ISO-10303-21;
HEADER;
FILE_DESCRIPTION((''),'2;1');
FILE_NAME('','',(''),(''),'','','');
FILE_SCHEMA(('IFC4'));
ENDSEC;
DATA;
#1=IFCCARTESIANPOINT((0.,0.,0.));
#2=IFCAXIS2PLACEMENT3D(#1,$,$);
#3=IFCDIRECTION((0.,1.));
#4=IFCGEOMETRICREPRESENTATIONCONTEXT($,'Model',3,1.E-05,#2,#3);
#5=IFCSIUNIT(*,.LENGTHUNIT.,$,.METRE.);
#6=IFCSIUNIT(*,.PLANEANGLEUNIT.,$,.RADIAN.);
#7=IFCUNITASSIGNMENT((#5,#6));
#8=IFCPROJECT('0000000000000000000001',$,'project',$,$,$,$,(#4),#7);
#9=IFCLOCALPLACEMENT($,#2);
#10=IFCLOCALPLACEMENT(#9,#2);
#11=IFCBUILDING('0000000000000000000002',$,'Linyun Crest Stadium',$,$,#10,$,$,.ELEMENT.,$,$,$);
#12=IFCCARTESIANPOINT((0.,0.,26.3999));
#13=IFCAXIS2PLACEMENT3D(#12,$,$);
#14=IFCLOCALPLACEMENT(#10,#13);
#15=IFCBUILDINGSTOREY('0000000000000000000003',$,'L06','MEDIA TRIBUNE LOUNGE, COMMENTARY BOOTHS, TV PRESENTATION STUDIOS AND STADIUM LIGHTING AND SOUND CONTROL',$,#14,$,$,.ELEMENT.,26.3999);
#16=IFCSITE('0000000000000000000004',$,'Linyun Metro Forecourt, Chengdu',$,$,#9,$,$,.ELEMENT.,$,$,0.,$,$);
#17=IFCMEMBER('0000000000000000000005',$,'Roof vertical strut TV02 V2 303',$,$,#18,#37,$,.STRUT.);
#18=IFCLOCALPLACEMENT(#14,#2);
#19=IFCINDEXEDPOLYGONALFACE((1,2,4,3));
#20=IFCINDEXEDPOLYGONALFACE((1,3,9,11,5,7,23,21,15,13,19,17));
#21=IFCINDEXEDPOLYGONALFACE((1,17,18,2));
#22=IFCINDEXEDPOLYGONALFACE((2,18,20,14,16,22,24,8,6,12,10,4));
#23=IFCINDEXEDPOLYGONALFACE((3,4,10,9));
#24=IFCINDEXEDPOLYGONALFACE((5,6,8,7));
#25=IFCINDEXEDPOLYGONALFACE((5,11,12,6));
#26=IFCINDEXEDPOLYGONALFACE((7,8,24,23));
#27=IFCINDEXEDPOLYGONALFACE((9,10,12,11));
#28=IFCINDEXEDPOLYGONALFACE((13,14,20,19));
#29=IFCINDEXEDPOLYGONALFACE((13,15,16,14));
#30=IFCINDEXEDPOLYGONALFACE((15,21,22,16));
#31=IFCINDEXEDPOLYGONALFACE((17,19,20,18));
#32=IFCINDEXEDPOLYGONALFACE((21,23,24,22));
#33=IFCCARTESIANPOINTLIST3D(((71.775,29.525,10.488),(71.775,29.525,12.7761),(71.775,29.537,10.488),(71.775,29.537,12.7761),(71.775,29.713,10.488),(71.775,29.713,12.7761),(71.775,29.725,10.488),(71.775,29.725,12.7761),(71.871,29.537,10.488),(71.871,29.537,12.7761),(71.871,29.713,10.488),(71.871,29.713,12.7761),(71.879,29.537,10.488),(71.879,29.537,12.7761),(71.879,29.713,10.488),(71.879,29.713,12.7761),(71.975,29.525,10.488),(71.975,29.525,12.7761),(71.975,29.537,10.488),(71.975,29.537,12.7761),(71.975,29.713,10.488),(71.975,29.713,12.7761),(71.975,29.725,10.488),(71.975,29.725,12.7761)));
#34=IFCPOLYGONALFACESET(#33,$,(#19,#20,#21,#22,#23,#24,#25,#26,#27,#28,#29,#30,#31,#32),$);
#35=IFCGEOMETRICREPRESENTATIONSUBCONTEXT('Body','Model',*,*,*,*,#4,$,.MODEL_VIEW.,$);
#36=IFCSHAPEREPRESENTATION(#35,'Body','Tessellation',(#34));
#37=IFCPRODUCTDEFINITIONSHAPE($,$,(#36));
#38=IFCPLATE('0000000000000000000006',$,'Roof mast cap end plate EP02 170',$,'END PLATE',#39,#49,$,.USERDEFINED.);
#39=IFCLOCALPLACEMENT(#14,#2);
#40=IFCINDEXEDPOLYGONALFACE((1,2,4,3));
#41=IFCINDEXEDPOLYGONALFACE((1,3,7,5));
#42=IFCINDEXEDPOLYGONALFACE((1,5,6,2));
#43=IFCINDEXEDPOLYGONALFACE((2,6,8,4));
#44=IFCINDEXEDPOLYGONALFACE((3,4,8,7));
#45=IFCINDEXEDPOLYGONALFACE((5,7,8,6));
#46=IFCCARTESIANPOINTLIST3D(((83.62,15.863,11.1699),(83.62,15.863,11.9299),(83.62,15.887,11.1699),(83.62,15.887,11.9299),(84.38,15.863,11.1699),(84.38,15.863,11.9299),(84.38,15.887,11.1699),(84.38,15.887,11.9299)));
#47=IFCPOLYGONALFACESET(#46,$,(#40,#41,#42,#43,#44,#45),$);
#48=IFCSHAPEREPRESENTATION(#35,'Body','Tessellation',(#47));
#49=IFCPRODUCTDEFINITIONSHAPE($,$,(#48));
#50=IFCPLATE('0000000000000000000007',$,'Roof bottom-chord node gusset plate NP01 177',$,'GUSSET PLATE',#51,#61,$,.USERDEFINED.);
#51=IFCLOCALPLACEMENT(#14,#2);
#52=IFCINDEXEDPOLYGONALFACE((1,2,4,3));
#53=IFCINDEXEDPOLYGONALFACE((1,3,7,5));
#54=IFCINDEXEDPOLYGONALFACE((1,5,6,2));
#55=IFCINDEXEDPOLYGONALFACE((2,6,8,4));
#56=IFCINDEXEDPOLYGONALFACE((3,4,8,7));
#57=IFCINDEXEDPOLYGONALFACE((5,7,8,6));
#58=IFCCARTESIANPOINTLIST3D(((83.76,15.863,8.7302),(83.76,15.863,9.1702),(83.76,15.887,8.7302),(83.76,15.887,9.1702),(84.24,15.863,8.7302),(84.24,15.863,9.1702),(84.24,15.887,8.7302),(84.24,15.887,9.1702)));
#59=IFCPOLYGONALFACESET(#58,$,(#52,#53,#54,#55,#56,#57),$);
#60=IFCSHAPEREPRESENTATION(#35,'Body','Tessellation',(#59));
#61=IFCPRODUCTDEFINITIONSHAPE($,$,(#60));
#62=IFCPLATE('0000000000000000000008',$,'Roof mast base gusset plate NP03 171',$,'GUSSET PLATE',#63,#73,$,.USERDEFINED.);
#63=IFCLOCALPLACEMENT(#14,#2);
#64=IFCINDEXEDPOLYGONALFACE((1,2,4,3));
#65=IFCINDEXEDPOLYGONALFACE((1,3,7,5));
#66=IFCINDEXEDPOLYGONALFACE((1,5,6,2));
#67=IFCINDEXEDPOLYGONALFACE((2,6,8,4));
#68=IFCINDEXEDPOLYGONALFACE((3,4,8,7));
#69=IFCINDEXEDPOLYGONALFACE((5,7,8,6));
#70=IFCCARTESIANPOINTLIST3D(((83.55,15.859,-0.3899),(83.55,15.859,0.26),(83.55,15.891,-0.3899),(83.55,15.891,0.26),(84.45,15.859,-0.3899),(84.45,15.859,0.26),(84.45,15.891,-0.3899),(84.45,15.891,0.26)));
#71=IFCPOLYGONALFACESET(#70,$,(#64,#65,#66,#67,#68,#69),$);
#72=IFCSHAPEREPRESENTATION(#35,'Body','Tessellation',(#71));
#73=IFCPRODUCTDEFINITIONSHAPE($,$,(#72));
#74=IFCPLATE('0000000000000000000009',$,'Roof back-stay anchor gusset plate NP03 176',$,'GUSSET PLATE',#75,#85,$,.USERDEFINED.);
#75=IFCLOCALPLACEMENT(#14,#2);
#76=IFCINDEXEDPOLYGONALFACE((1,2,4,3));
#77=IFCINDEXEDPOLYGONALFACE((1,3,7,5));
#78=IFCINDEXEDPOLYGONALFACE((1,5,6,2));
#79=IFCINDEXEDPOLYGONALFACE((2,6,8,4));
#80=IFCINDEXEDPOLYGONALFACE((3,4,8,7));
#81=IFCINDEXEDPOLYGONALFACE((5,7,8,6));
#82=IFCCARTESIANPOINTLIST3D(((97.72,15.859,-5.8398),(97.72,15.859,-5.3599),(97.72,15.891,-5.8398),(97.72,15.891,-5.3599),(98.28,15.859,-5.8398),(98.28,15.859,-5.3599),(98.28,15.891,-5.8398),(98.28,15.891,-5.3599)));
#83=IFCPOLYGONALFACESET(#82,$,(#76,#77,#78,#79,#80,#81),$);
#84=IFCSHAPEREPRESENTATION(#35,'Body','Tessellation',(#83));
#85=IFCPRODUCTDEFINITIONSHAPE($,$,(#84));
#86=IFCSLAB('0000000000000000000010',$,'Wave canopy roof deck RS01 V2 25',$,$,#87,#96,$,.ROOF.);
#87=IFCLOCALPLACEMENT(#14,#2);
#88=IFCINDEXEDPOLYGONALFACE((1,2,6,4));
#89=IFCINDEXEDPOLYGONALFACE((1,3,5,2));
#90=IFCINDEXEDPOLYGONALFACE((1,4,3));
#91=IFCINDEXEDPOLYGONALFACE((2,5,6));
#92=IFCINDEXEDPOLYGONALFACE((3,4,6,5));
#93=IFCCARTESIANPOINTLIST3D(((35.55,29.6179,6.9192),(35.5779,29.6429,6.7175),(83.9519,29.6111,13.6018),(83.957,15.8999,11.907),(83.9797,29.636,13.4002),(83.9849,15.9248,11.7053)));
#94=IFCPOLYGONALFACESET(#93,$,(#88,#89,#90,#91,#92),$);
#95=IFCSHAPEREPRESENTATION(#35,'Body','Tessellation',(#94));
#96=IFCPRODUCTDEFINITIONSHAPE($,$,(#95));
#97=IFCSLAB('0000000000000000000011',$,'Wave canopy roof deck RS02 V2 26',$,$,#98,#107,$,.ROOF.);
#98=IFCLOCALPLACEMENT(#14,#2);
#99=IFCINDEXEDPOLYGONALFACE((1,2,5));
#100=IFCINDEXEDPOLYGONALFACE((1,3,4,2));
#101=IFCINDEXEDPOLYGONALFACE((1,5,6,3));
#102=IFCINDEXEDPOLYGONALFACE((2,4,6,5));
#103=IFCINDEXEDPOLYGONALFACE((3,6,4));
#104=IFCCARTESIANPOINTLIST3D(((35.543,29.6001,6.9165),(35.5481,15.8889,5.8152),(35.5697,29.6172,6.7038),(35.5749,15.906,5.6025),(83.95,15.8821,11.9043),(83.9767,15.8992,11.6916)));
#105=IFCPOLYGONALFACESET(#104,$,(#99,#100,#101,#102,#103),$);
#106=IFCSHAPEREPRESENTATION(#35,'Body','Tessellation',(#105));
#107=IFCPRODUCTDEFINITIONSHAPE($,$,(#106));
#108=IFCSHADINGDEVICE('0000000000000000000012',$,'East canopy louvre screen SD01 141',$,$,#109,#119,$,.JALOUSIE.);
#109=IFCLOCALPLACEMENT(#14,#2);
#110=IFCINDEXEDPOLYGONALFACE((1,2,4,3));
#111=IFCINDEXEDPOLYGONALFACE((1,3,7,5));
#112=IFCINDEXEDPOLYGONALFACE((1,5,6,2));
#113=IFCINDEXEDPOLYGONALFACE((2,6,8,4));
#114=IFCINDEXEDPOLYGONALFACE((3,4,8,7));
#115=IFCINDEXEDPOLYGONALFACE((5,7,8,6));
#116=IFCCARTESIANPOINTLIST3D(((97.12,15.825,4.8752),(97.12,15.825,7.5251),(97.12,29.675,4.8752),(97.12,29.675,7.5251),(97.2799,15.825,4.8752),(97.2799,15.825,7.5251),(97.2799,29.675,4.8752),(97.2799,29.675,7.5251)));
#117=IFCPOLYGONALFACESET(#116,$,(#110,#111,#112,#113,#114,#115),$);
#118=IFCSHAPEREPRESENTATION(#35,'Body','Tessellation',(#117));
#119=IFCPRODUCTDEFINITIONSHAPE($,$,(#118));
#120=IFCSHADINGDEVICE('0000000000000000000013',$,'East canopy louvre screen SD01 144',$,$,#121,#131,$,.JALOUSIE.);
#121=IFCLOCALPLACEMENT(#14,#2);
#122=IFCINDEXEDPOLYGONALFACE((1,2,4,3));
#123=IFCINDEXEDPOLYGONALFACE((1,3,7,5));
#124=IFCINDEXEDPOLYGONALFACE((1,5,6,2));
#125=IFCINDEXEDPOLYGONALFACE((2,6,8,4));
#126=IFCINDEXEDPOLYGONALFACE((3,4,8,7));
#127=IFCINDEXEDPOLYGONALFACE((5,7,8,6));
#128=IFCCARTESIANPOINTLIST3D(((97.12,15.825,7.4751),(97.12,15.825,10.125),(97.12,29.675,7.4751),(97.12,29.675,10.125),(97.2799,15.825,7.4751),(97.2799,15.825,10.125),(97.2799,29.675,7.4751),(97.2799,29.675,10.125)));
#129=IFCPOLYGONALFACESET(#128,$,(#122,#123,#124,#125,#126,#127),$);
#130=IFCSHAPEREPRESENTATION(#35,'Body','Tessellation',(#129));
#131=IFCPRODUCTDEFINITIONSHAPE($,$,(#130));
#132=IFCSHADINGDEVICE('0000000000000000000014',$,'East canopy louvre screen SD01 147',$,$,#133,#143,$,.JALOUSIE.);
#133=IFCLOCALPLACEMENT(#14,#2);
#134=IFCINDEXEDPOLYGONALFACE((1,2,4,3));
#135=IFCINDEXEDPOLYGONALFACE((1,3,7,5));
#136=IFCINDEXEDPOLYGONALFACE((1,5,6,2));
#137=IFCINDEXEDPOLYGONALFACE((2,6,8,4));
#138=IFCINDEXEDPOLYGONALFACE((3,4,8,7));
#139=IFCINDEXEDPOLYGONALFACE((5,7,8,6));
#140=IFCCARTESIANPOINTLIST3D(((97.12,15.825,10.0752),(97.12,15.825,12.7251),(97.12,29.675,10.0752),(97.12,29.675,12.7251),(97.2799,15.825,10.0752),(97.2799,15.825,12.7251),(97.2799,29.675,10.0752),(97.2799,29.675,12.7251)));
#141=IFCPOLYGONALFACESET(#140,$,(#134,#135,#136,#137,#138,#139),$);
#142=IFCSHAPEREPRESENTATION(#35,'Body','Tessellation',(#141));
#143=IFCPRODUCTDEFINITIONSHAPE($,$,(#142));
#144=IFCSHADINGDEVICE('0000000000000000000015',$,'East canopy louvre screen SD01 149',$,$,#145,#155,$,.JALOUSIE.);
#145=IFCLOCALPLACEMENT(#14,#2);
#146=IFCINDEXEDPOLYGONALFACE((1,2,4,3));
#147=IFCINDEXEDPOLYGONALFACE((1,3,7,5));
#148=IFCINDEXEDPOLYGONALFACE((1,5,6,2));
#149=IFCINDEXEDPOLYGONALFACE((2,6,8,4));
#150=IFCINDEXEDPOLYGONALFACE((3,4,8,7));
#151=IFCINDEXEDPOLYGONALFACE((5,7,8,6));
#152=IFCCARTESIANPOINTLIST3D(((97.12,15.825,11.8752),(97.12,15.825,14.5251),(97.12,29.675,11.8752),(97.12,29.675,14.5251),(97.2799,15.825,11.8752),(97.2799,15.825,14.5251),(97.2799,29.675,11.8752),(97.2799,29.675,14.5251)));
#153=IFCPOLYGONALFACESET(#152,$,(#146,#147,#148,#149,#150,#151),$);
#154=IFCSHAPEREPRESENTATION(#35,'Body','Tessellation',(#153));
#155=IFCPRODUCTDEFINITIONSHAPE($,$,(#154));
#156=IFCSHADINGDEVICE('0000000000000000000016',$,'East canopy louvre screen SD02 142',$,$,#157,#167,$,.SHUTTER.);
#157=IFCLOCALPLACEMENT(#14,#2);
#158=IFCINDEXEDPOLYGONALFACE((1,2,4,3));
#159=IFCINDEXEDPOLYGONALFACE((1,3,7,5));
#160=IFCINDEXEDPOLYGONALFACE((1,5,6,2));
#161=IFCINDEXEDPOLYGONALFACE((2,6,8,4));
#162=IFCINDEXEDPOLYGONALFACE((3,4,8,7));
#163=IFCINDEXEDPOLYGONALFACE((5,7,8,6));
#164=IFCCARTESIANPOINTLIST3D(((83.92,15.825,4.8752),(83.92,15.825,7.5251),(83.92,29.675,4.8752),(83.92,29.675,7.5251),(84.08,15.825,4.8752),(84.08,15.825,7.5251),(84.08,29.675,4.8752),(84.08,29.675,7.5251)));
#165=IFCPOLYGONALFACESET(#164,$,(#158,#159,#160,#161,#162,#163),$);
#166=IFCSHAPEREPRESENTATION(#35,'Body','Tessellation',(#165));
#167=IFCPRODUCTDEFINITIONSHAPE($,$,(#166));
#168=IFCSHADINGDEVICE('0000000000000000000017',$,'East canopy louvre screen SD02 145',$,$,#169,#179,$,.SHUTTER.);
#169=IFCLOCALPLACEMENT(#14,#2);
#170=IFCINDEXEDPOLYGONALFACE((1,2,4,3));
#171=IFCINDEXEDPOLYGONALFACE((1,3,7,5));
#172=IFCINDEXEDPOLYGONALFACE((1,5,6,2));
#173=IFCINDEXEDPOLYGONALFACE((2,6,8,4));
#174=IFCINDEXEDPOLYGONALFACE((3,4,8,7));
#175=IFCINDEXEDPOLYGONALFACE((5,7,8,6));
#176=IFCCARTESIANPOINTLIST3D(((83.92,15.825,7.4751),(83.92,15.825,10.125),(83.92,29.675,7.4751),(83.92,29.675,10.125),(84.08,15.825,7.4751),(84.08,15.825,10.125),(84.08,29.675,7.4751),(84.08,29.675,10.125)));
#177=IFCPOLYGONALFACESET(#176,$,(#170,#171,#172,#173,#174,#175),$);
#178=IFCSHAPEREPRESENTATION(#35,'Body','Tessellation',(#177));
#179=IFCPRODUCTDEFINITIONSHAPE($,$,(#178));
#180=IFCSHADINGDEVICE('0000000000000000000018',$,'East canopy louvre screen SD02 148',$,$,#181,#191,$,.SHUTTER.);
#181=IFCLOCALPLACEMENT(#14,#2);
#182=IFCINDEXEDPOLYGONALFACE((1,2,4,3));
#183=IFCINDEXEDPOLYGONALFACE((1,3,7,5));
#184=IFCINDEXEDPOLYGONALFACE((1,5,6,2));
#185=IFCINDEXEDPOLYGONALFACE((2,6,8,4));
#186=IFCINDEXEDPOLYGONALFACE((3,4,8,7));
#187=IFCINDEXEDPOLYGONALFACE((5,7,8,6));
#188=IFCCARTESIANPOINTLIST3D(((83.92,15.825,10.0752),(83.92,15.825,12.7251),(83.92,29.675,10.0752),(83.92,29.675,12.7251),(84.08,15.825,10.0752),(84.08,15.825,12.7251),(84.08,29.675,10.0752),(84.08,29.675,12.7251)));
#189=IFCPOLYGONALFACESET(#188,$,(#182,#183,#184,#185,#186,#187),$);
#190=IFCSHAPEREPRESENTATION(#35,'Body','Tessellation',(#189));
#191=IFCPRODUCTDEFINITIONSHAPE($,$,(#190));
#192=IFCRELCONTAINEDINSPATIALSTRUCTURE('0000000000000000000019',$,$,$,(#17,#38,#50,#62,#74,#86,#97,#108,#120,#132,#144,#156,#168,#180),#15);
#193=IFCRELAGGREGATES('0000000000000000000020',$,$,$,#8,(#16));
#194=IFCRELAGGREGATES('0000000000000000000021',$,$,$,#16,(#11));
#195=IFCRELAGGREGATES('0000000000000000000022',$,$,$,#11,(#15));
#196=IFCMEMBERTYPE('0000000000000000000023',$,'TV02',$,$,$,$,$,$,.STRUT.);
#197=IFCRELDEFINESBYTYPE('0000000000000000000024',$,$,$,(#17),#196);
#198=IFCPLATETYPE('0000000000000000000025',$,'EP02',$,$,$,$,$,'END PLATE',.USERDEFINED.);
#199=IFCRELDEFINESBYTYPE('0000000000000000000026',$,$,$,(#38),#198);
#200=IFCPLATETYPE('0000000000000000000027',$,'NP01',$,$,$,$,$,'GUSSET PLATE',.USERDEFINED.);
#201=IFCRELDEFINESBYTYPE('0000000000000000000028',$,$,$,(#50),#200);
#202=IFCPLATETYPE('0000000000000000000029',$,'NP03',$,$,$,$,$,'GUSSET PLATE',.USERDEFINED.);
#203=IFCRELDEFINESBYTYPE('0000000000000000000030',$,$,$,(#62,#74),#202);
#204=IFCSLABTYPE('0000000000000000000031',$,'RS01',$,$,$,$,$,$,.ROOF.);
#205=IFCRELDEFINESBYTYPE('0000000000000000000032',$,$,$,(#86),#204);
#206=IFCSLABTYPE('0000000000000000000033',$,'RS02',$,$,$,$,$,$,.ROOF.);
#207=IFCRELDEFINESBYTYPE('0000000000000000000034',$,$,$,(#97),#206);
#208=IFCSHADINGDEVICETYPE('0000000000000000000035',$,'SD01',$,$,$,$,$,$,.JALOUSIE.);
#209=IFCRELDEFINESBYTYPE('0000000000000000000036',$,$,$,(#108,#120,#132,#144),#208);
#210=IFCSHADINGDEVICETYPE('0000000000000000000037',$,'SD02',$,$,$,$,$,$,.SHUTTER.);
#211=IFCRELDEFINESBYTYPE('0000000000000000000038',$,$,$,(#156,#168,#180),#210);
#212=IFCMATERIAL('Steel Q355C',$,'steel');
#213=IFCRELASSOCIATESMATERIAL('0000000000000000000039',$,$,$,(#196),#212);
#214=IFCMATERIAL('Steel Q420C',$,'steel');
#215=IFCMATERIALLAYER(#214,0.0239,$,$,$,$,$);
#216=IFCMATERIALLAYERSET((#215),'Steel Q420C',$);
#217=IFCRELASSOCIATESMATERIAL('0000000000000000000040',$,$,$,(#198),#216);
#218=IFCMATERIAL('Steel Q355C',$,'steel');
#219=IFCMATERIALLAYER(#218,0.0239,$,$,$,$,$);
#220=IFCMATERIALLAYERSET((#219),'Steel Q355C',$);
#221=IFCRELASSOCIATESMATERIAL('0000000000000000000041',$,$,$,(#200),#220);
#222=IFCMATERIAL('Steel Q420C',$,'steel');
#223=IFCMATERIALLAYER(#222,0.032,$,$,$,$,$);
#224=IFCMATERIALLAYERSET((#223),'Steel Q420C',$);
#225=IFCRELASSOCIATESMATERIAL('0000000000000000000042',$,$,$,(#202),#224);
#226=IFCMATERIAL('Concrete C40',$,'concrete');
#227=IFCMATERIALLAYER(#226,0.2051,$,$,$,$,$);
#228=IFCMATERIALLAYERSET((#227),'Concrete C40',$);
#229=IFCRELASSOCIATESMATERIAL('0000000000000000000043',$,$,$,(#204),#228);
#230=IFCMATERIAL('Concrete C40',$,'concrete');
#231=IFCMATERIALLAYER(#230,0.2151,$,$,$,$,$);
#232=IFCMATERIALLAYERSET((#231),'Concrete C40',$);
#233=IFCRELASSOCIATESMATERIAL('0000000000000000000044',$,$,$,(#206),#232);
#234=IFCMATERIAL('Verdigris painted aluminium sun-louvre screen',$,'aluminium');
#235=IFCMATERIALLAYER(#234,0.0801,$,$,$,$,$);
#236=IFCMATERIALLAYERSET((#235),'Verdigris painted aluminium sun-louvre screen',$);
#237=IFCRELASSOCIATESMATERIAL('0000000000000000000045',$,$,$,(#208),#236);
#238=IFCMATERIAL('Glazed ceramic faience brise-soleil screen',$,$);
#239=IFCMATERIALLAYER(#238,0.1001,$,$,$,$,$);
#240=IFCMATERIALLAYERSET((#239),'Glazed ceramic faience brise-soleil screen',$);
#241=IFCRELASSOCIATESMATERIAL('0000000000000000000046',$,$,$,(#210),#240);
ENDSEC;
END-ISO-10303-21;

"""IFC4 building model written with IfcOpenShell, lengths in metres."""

from ifc_helpers import new_model, si_unit, direction, frame, origin, origin_2d, place, context, subcontext, project, spatial, polyline, rectangle, i_section, outline, extrude, material, layer, layer_set, material_profile, profile_set, type_object, element, save


model = new_model("IFC4")

# Units and contexts
model_context = context("Model", 3, precision=1e-05, world=origin(), true_north=direction((0.0, 1.0)))
body_context = subcontext(model_context, "Body", "Model", "MODEL_VIEW")
ifc_project = project(units=[si_unit("LENGTHUNIT", "METRE"), si_unit("PLANEANGLEUNIT", "RADIAN")], contexts=[model_context])

# Site, building, storey
site_placement = place(None, origin())
site = spatial("IfcSite", under=ifc_project, at=site_placement, Name="Linyun Metro Forecourt, Chengdu", CompositionType="ELEMENT", RefElevation=0.0)
building_placement = place(site_placement, origin())
building = spatial("IfcBuilding", under=site, at=building_placement, Name="Linyun Crest Stadium", CompositionType="ELEMENT")
storey_placement = place(building_placement, frame((0.0, 0.0, 26.3999)))
storey = spatial("IfcBuildingStorey", under=building, at=storey_placement, Name="L06", Description="MEDIA TRIBUNE LOUNGE, COMMENTARY BOOTHS, TV PRESENTATION STUDIOS AND STADIUM LIGHTING AND SOUND CONTROL", CompositionType="ELEMENT", Elevation=26.3999)

# Member
ifc_material_1 = material(Name="Steel Q355C", Category="steel")
ifc_material_profile_1 = material_profile(ifc_material_1, i_section(OverallWidth=0.2, OverallDepth=0.2, WebThickness=0.0081, FlangeThickness=0.012, at=origin_2d()), Name="HW 200x200")
ifc_profile_set_1 = profile_set([ifc_material_profile_1], Name="Steel Q355C")
member_type_1 = type_object("IfcMemberType", Name="TV02", PredefinedType="STRUT", material=ifc_profile_set_1)
member_1_placement = place(storey_placement, frame((71.875, 29.625, 10.488), z_axis=(0.0, 0.0, 1.0), x_axis=(1.0, 0.0, 0.0)))
element("IfcMember", 1, at=member_1_placement, inside=storey, type_object=member_type_1, Name="Roof vertical strut TV02 V2 303", PredefinedType="STRUT", context=body_context, shape_type="SweptSolid", body=[
    extrude(i_section(OverallWidth=0.2, OverallDepth=0.2, WebThickness=0.0081, FlangeThickness=0.012, at=origin_2d()), origin(), (0.0, 0.0, 1.0), 2.2881),
])

# Plates
ifc_material_2 = material(Name="Steel Q420C", Category="steel")
ifc_layer_1 = layer(ifc_material_2, 0.0239)
ifc_layer_set_1 = layer_set([ifc_layer_1], Name="Steel Q420C")
plate_type_1 = type_object("IfcPlateType", Name="EP02", ElementType="END PLATE", PredefinedType="USERDEFINED", material=ifc_layer_set_1)
plate_1_placement = place(storey_placement, frame((84.0, 15.875, 11.1699), z_axis=(0.0, 0.0, 1.0), x_axis=(1.0, 0.0, 0.0)))
element("IfcPlate", 2, at=plate_1_placement, inside=storey, type_object=plate_type_1, Name="Roof mast cap end plate EP02 170", ObjectType="END PLATE", PredefinedType="USERDEFINED", context=body_context, shape_type="SweptSolid", body=[
    extrude(rectangle(XDim=0.76, YDim=0.0239, at=origin_2d()), origin(), (0.0, 0.0, 1.0), 0.76),
])
ifc_material_3 = material(Name="Steel Q355C", Category="steel")
ifc_layer_2 = layer(ifc_material_3, 0.0239)
ifc_layer_set_2 = layer_set([ifc_layer_2], Name="Steel Q355C")
plate_type_2 = type_object("IfcPlateType", Name="NP01", ElementType="GUSSET PLATE", PredefinedType="USERDEFINED", material=ifc_layer_set_2)
plate_2_placement = place(storey_placement, frame((84.0, 15.875, 8.7302), z_axis=(0.0, 0.0, 1.0), x_axis=(1.0, 0.0, 0.0)))
element("IfcPlate", 3, at=plate_2_placement, inside=storey, type_object=plate_type_2, Name="Roof bottom-chord node gusset plate NP01 177", ObjectType="GUSSET PLATE", PredefinedType="USERDEFINED", context=body_context, shape_type="SweptSolid", body=[
    extrude(rectangle(XDim=0.48, YDim=0.0239, at=origin_2d()), origin(), (0.0, 0.0, 1.0), 0.4399),
])
ifc_material_4 = material(Name="Steel Q420C", Category="steel")
ifc_layer_3 = layer(ifc_material_4, 0.032)
ifc_layer_set_3 = layer_set([ifc_layer_3], Name="Steel Q420C")
plate_type_3 = type_object("IfcPlateType", Name="NP03", ElementType="GUSSET PLATE", PredefinedType="USERDEFINED", material=ifc_layer_set_3)
plate_3_placement = place(storey_placement, frame((84.0, 15.875, -0.3899), z_axis=(0.0, 0.0, 1.0), x_axis=(1.0, 0.0, 0.0)))
element("IfcPlate", 4, at=plate_3_placement, inside=storey, type_object=plate_type_3, Name="Roof mast base gusset plate NP03 171", ObjectType="GUSSET PLATE", PredefinedType="USERDEFINED", context=body_context, shape_type="SweptSolid", body=[
    extrude(rectangle(XDim=0.8999, YDim=0.032, at=origin_2d()), origin(), (0.0, 0.0, 1.0), 0.6499),
])
plate_4_placement = place(storey_placement, frame((98.0, 15.875, -5.8398), z_axis=(0.0, 0.0, 1.0), x_axis=(1.0, 0.0, 0.0)))
element("IfcPlate", 5, at=plate_4_placement, inside=storey, type_object=plate_type_3, Name="Roof back-stay anchor gusset plate NP03 176", ObjectType="GUSSET PLATE", PredefinedType="USERDEFINED", context=body_context, shape_type="SweptSolid", body=[
    extrude(rectangle(XDim=0.5601, YDim=0.032, at=origin_2d()), origin(), (0.0, 0.0, 1.0), 0.48),
])

# Slabs
ifc_material_5 = material(Name="Concrete C40", Category="concrete")
ifc_layer_4 = layer(ifc_material_5, 0.2051)
ifc_layer_set_4 = layer_set([ifc_layer_4], Name="Concrete C40")
slab_type_1 = type_object("IfcSlabType", Name="RS01", PredefinedType="ROOF", material=ifc_layer_set_4)
slab_1_placement = place(storey_placement, frame((83.957, 15.8999, 11.907), z_axis=(-0.13577, -0.121589, 0.983251), x_axis=(-0.000371, 0.992447, 0.122675)))
element("IfcSlab", 6, at=slab_1_placement, inside=storey, type_object=slab_type_1, Name="Wave canopy roof deck RS01 V2 25", PredefinedType="ROOF", context=body_context, shape_type="SweptSolid", body=[
    extrude(outline(polyline([(0.0, 0.0), (13.8155, 0.0), (13.0205, 48.8545), (0.0, 0.0)])), origin(), (0.0, 0.0, -1.0), 0.2051),
])
ifc_material_6 = material(Name="Concrete C40", Category="concrete")
ifc_layer_5 = layer(ifc_material_6, 0.2151)
ifc_layer_set_5 = layer_set([ifc_layer_5], Name="Concrete C40")
slab_type_2 = type_object("IfcSlabType", Name="RS02", PredefinedType="ROOF", material=ifc_layer_set_5)
slab_2_placement = place(storey_placement, frame((83.95, 15.8821, 11.9043), z_axis=(-0.124436, -0.079489, 0.989039), x_axis=(-0.957419, 0.271322, -0.098651)))
element("IfcSlab", 7, at=slab_2_placement, inside=storey, type_object=slab_type_2, Name="Wave canopy roof deck RS02 V2 26", PredefinedType="ROOF", context=body_context, shape_type="SweptSolid", body=[
    extrude(outline(polyline([(0.0, 0.0), (50.5598, 0.0), (46.9434, 13.2714), (0.0, 0.0)])), origin(), (0.0, 0.0, -1.0), 0.2151),
])

# Shading devices
ifc_material_7 = material(Name="Verdigris painted aluminium sun-louvre screen", Category="aluminium")
ifc_layer_6 = layer(ifc_material_7, 0.0801)
ifc_layer_set_6 = layer_set([ifc_layer_6], Name="Verdigris painted aluminium sun-louvre screen")
shading_device_type_1 = type_object("IfcShadingDeviceType", Name="SD01", PredefinedType="JALOUSIE", material=ifc_layer_set_6)
for number, where, z_axis, x_axis, name in (
    (8, (97.2, 22.75, 4.8752), (0.0, 0.0, 1.0), (1.0, 0.0, 0.0), "East canopy louvre screen SD01 141"),
    (9, (97.2, 22.75, 7.4751), (0.0, 0.0, 1.0), (1.0, 0.0, 0.0), "East canopy louvre screen SD01 144"),
    (10, (97.2, 22.75, 10.0752), (0.0, 0.0, 1.0), (1.0, 0.0, 0.0), "East canopy louvre screen SD01 147"),
    (11, (97.2, 22.75, 11.8752), (0.0, 0.0, 1.0), (1.0, 0.0, 0.0), "East canopy louvre screen SD01 149"),
):
    element("IfcShadingDevice", number, at=place(storey_placement, frame(where, z_axis=z_axis, x_axis=x_axis)), inside=storey, type_object=shading_device_type_1, Name=name, PredefinedType="JALOUSIE", context=body_context, shape_type="SweptSolid", body=[
        extrude(rectangle(XDim=0.1599, YDim=13.8501, at=origin_2d()), origin(), (0.0, 0.0, 1.0), 2.6499),
    ])
ifc_material_8 = material(Name="Glazed ceramic faience brise-soleil screen")
ifc_layer_7 = layer(ifc_material_8, 0.1001)
ifc_layer_set_7 = layer_set([ifc_layer_7], Name="Glazed ceramic faience brise-soleil screen")
shading_device_type_2 = type_object("IfcShadingDeviceType", Name="SD02", PredefinedType="SHUTTER", material=ifc_layer_set_7)
for number, where, z_axis, x_axis, name in (
    (12, (84.0, 22.75, 4.8752), (0.0, 0.0, 1.0), (1.0, 0.0, 0.0), "East canopy louvre screen SD02 142"),
    (13, (84.0, 22.75, 7.4751), (0.0, 0.0, 1.0), (1.0, 0.0, 0.0), "East canopy louvre screen SD02 145"),
    (14, (84.0, 22.75, 10.0752), (0.0, 0.0, 1.0), (1.0, 0.0, 0.0), "East canopy louvre screen SD02 148"),
):
    element("IfcShadingDevice", number, at=place(storey_placement, frame(where, z_axis=z_axis, x_axis=x_axis)), inside=storey, type_object=shading_device_type_2, Name=name, PredefinedType="SHUTTER", context=body_context, shape_type="SweptSolid", body=[
        extrude(rectangle(XDim=0.1599, YDim=13.8501, at=origin_2d()), origin(), (0.0, 0.0, 1.0), 2.6499),
    ])

save(model, "model.ifc")
